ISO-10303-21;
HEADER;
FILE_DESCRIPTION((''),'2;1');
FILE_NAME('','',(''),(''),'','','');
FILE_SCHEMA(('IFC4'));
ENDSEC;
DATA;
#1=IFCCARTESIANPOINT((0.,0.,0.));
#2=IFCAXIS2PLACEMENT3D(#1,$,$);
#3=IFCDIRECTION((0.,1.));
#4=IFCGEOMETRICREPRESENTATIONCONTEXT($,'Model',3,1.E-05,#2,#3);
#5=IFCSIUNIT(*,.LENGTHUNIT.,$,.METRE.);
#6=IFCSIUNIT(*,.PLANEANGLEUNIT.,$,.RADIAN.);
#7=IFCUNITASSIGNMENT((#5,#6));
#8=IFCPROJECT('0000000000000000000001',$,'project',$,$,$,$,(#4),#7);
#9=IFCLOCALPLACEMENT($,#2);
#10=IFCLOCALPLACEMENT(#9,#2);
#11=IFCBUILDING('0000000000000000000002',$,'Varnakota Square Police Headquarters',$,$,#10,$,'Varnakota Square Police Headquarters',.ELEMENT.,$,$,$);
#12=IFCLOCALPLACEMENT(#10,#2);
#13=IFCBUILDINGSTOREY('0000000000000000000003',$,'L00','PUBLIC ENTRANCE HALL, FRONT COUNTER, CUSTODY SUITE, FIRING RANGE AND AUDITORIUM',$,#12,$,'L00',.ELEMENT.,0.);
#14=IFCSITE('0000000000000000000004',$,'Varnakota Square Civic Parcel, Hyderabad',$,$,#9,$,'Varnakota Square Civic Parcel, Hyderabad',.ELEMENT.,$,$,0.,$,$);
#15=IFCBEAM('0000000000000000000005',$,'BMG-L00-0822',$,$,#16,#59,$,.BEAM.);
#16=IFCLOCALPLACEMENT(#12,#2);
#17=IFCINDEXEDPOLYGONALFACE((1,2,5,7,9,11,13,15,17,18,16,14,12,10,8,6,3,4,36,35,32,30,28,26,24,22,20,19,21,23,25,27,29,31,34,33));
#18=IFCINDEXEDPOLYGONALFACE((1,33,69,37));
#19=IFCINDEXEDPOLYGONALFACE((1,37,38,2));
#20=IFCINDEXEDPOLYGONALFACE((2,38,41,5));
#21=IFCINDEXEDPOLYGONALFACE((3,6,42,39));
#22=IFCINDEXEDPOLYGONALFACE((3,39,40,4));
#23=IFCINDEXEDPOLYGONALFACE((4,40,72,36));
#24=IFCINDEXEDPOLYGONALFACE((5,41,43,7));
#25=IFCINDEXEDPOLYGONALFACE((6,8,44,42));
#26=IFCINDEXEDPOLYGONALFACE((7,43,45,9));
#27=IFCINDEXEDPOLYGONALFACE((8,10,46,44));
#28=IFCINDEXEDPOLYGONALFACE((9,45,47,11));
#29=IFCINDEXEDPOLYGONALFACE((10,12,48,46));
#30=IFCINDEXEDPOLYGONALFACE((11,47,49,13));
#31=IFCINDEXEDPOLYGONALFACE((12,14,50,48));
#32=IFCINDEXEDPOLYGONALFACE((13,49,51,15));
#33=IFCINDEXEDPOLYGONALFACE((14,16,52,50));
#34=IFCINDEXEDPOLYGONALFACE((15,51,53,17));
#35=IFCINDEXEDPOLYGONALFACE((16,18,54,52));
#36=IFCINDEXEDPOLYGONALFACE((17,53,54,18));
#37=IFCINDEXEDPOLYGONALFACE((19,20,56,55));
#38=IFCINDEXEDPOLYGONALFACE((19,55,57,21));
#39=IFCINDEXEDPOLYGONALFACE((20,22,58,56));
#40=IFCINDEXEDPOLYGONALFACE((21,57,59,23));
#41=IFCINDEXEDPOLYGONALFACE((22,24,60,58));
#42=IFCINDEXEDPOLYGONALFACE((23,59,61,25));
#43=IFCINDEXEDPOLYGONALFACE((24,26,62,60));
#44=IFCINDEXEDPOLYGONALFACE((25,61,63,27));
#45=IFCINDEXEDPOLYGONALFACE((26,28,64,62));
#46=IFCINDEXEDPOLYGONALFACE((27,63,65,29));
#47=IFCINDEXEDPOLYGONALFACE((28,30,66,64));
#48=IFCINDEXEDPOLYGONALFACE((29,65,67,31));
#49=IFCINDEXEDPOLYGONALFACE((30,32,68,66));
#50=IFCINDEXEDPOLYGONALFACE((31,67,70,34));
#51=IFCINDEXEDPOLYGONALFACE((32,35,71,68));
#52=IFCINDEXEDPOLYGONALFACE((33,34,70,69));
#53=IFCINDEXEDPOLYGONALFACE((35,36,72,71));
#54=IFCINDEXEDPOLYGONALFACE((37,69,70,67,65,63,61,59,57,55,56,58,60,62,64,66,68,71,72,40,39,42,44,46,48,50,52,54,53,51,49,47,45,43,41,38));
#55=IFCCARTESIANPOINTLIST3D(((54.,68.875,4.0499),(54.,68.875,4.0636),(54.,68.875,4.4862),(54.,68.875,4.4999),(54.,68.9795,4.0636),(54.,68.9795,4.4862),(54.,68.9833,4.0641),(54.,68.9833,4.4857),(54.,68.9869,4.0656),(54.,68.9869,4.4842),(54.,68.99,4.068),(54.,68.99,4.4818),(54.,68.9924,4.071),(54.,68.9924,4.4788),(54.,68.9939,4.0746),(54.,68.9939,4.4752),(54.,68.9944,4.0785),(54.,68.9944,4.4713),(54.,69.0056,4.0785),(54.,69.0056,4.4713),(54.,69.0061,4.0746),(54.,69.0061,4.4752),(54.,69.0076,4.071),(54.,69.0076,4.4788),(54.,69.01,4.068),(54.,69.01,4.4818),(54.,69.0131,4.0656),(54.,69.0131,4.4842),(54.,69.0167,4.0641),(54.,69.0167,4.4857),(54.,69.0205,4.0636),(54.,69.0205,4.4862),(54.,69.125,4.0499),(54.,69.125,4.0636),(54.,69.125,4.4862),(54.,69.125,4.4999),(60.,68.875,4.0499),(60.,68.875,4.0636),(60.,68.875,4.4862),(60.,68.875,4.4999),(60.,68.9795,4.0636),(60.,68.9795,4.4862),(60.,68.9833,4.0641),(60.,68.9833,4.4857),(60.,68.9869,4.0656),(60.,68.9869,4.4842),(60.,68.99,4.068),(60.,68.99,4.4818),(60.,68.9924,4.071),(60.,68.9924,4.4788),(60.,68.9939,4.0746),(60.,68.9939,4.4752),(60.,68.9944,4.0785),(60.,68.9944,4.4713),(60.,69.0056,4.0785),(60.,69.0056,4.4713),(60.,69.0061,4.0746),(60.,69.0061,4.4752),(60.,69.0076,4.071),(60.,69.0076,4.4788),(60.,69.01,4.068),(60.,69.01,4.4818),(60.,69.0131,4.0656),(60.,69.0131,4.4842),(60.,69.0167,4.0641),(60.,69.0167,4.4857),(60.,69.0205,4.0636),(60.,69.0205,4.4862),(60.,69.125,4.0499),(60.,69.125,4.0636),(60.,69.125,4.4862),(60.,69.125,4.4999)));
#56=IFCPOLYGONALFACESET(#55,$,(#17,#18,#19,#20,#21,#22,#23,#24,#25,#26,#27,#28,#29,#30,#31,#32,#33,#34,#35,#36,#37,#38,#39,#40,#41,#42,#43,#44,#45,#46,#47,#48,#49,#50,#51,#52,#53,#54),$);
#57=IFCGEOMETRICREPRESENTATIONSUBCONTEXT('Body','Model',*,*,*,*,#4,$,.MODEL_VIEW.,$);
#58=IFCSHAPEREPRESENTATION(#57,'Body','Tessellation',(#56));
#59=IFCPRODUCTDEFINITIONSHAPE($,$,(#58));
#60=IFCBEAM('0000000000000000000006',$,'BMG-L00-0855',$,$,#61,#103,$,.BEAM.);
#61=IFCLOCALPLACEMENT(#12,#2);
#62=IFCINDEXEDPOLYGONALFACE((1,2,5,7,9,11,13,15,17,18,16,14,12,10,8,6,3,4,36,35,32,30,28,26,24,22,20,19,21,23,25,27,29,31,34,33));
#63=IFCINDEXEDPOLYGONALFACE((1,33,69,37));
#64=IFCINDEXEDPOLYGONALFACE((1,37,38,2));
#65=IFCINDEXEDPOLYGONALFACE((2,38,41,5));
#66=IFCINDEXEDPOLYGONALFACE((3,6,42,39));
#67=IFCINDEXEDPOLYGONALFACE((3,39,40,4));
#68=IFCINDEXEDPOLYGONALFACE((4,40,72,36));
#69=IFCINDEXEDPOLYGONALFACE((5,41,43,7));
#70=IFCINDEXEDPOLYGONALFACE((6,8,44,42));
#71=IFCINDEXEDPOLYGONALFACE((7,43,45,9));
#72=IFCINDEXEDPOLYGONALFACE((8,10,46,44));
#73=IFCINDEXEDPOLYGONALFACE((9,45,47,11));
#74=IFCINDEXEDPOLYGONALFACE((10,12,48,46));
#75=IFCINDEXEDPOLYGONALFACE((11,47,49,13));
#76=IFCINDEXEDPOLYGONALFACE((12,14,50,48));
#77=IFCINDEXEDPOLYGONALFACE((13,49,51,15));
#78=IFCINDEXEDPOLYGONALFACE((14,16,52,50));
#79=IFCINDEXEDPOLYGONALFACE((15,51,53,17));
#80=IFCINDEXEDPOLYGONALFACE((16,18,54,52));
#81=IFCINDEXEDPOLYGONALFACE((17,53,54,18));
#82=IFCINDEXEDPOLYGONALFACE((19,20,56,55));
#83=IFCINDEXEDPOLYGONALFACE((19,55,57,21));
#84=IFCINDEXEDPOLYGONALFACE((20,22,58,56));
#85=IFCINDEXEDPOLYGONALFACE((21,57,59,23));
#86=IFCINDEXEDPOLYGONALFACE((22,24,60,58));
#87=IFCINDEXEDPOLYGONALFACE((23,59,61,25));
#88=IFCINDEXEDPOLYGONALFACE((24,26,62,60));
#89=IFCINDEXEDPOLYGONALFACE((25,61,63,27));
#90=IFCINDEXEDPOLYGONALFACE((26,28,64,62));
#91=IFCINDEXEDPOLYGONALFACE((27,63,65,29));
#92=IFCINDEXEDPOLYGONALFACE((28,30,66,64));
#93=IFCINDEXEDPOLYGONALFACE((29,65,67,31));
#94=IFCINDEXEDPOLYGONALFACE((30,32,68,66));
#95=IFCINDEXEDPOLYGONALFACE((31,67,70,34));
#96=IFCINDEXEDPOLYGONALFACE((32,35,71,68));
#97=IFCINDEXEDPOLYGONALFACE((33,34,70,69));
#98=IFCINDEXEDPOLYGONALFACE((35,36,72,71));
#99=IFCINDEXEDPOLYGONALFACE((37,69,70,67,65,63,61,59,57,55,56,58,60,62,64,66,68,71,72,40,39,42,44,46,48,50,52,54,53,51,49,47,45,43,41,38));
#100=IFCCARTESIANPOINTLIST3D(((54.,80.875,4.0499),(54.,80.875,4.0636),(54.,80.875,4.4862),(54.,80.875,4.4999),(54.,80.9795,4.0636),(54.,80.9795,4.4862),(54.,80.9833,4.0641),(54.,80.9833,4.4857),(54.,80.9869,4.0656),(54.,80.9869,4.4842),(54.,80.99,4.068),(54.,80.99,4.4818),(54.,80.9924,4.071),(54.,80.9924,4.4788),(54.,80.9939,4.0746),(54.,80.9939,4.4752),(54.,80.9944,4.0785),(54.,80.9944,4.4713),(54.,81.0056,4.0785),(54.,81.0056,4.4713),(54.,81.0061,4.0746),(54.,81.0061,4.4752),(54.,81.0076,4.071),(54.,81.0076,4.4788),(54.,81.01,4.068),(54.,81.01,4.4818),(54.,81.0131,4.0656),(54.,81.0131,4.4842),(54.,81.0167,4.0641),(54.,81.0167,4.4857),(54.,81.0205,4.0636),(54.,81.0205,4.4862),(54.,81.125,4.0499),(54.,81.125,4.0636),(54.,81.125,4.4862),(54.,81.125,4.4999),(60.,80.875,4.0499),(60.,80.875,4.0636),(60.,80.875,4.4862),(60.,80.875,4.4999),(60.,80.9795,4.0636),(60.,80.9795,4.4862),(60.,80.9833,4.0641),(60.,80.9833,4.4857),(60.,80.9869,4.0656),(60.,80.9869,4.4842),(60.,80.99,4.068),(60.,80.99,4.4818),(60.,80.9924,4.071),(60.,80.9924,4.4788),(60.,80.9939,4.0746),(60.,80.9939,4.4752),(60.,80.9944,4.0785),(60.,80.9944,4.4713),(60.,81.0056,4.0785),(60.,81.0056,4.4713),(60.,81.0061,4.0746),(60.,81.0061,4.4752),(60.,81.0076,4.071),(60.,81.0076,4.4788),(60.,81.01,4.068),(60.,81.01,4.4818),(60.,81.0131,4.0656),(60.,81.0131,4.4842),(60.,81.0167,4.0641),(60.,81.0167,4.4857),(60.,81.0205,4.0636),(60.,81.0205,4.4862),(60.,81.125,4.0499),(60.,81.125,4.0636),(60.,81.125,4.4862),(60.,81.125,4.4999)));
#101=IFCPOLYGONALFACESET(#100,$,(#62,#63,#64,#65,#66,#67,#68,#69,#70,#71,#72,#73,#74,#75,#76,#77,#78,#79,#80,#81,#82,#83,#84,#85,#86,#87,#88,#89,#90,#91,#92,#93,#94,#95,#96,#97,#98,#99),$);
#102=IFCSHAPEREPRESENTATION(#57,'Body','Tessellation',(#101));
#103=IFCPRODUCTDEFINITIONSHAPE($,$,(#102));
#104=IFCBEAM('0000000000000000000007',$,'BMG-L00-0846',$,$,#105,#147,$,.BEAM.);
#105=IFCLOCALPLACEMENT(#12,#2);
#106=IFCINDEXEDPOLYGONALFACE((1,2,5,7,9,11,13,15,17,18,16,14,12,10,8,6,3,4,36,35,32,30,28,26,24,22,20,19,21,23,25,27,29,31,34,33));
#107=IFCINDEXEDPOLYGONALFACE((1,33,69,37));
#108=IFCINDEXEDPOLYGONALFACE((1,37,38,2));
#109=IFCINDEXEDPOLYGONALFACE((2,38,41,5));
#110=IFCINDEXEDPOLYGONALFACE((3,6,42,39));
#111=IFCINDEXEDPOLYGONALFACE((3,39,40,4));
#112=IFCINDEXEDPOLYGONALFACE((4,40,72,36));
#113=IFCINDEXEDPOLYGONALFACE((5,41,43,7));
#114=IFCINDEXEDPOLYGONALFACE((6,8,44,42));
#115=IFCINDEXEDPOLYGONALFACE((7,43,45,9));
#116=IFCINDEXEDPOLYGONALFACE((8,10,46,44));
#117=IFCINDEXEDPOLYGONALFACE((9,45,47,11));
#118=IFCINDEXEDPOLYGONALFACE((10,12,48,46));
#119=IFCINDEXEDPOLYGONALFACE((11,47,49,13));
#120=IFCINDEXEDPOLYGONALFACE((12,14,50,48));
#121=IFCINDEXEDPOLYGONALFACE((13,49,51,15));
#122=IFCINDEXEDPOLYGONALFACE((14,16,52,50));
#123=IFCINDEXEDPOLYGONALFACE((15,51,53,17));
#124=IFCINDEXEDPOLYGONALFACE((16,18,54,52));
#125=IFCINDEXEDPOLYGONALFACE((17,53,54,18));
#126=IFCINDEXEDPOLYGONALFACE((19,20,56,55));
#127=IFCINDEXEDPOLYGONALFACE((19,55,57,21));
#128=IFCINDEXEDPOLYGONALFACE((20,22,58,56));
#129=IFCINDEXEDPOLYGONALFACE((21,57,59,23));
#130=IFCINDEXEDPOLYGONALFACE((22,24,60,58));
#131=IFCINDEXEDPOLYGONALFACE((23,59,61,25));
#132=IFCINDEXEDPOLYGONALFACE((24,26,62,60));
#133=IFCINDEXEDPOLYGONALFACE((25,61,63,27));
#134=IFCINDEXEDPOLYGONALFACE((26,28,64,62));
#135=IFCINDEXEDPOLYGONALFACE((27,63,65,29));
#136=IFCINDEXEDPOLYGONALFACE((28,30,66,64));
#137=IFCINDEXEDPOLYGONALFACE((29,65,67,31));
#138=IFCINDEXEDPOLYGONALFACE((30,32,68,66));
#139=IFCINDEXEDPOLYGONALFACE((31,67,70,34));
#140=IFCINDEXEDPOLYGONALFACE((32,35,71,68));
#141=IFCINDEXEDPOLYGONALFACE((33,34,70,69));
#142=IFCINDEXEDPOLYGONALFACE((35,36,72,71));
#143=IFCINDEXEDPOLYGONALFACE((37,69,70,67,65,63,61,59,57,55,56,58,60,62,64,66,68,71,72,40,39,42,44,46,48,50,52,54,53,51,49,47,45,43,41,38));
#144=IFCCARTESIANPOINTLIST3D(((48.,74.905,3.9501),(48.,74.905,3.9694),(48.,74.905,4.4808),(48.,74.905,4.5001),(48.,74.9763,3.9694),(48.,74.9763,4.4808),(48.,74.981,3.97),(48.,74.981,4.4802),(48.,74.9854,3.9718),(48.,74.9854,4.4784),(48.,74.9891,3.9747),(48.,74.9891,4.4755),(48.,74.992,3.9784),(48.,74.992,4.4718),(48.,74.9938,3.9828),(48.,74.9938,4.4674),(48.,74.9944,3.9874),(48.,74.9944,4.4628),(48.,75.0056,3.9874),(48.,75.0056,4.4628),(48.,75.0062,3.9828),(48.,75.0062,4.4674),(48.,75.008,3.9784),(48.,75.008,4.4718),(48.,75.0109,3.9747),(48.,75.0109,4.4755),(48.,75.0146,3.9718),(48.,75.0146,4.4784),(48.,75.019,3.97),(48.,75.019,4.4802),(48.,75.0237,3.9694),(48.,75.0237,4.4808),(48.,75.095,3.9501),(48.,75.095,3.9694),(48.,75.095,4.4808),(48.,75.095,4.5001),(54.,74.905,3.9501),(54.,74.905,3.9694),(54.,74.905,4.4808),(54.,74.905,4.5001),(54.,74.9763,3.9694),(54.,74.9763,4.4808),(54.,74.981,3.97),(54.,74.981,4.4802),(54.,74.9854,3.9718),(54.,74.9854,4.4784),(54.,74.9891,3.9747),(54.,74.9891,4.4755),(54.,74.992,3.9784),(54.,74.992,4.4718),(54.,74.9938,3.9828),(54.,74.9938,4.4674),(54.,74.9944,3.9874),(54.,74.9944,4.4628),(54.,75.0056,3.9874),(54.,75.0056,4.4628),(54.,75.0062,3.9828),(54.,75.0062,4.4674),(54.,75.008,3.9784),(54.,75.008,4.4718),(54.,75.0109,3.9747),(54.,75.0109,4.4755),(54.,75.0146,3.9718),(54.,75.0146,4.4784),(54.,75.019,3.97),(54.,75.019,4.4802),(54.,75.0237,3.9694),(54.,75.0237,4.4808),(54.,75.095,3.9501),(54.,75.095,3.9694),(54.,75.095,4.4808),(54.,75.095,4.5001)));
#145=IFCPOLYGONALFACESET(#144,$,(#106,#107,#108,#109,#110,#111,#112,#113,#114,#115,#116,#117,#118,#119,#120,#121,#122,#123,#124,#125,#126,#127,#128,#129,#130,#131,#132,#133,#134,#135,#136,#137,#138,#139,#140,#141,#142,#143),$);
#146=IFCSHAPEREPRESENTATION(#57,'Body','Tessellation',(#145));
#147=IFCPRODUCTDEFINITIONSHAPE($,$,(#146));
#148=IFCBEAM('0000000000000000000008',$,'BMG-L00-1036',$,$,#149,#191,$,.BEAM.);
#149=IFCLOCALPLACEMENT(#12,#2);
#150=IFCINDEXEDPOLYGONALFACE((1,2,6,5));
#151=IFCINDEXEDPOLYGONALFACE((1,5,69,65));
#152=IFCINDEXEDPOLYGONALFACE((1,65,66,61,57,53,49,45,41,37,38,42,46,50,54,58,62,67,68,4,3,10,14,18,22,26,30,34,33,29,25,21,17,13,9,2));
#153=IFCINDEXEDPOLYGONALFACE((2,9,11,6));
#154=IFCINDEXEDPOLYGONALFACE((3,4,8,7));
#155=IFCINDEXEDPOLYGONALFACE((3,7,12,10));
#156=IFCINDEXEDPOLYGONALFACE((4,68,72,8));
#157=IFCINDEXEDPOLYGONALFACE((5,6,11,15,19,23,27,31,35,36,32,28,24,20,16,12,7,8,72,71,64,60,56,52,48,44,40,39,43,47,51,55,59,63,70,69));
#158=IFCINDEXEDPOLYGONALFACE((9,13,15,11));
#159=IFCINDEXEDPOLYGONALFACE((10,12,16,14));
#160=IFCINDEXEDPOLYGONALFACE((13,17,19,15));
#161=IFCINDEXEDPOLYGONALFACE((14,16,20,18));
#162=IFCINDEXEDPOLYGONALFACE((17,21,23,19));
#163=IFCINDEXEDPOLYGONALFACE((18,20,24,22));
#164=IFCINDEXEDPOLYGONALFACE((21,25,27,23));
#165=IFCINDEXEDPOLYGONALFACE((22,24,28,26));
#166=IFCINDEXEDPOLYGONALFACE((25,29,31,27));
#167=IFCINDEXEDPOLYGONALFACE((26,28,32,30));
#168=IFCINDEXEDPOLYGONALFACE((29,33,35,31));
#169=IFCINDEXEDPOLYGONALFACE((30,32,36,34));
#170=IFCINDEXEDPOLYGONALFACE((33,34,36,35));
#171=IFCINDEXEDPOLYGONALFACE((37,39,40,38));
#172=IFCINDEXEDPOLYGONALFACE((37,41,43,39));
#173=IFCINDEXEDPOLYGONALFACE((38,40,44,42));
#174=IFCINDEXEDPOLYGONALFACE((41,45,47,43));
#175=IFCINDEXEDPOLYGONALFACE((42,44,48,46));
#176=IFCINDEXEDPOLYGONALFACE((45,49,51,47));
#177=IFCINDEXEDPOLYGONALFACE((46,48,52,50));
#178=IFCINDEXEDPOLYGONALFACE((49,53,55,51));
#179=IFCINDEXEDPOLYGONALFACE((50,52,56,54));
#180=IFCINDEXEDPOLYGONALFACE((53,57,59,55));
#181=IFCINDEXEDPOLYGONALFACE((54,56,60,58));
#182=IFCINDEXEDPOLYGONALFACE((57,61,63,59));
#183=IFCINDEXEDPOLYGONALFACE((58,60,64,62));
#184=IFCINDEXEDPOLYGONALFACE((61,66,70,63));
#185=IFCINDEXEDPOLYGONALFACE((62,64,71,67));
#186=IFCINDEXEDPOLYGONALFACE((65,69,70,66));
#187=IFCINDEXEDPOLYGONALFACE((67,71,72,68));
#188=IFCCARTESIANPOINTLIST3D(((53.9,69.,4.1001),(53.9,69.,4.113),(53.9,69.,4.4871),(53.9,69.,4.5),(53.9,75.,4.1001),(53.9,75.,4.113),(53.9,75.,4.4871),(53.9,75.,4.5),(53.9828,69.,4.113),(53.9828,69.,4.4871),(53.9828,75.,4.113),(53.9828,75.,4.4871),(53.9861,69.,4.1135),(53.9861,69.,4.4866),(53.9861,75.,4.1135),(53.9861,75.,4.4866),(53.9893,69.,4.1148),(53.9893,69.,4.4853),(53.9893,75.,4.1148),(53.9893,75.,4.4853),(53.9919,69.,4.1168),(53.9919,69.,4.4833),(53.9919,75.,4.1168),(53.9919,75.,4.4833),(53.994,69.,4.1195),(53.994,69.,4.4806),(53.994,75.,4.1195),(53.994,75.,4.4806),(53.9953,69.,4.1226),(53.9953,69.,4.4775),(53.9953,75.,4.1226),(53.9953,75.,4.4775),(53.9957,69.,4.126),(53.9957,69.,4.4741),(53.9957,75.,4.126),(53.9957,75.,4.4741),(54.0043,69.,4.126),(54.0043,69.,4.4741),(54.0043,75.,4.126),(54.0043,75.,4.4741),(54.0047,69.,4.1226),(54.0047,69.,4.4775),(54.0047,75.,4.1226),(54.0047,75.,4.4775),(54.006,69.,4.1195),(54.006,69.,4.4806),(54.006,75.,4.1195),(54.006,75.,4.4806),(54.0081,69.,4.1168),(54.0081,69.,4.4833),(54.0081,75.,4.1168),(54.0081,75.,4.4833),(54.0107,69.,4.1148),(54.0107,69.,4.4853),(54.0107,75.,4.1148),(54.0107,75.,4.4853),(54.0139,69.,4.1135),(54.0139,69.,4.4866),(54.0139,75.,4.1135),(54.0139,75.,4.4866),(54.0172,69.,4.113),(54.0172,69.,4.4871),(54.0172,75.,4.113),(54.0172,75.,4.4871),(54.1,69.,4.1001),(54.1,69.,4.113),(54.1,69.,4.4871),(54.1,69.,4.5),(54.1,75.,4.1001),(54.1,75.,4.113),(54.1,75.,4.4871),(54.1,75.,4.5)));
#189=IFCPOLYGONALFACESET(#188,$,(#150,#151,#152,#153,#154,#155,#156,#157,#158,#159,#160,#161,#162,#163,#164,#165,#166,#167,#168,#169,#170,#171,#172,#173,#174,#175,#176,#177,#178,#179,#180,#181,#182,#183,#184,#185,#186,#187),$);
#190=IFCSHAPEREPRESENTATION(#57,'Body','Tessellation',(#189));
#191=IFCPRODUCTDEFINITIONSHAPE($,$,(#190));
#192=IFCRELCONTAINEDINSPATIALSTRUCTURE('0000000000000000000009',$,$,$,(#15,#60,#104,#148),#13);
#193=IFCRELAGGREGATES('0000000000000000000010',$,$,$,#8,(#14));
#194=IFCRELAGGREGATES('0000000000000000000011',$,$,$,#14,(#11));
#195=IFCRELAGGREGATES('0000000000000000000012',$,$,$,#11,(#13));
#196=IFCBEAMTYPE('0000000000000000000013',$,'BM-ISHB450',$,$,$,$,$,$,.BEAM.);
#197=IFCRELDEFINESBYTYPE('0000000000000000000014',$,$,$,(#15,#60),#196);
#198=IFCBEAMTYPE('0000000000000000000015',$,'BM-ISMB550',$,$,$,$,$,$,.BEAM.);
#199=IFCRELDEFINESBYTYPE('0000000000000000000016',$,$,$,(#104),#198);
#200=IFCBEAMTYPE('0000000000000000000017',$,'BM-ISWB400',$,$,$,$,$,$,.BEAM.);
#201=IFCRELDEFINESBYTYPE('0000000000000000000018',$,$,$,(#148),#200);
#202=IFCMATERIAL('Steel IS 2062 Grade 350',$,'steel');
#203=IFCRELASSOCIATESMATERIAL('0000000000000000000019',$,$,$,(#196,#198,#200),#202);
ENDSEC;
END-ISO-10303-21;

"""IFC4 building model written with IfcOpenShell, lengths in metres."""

from ifc_helpers import new_model, si_unit, direction, frame, origin, origin_2d, place, context, subcontext, project, spatial, i_section, extrude, material, material_profile, profile_set, type_object, element, save


model = new_model("IFC4")

# Units and contexts
model_context = context("Model", 3, precision=1e-05, world=origin(), true_north=direction((0.0, 1.0)))
body_context = subcontext(model_context, "Body", "Model", "MODEL_VIEW")
ifc_project = project(units=[si_unit("LENGTHUNIT", "METRE"), si_unit("PLANEANGLEUNIT", "RADIAN")], contexts=[model_context])

# Site, building, storey
site_placement = place(None, origin())
site = spatial("IfcSite", under=ifc_project, at=site_placement, Name="Varnakota Square Civic Parcel, Hyderabad", LongName="Varnakota Square Civic Parcel, Hyderabad", CompositionType="ELEMENT", RefElevation=0.0)
building_placement = place(site_placement, origin())
building = spatial("IfcBuilding", under=site, at=building_placement, Name="Varnakota Square Police Headquarters", LongName="Varnakota Square Police Headquarters", CompositionType="ELEMENT")
storey_placement = place(building_placement, origin())
storey = spatial("IfcBuildingStorey", under=building, at=storey_placement, Name="L00", Description="PUBLIC ENTRANCE HALL, FRONT COUNTER, CUSTODY SUITE, FIRING RANGE AND AUDITORIUM", LongName="L00", CompositionType="ELEMENT", Elevation=0.0)

# Beams
ifc_material_1 = material(Name="Steel IS 2062 Grade 350", Category="steel")
ifc_material_profile_1 = material_profile(ifc_material_1, i_section(OverallWidth=0.25, OverallDepth=0.45, WebThickness=0.0112, FlangeThickness=0.0137, FilletRadius=0.0149, at=origin_2d()), Name="ISHB 450")
ifc_profile_set_1 = profile_set([ifc_material_profile_1], Name="Steel IS 2062 Grade 350")
beam_type_1 = type_object("IfcBeamType", Name="BM-ISHB450", PredefinedType="BEAM", material=ifc_profile_set_1)
for number, where, z_axis, x_axis, name in (
    (1, (54.0, 69.0, 4.2749), (1.0, 0.0, 0.0), (0.0, 1.0, 0.0), "BMG-L00-0822"),
    (2, (54.0, 81.0, 4.2749), (1.0, 0.0, 0.0), (0.0, 1.0, 0.0), "BMG-L00-0855"),
):
    element("IfcBeam", number, at=place(storey_placement, frame(where, z_axis=z_axis, x_axis=x_axis)), inside=storey, type_object=beam_type_1, Name=name, PredefinedType="BEAM", context=body_context, shape_type="SweptSolid", body=[
        extrude(i_section(OverallWidth=0.25, OverallDepth=0.45, WebThickness=0.0112, FlangeThickness=0.0137, FilletRadius=0.0149, at=origin_2d()), origin(), (0.0, 0.0, 1.0), 6.0),
    ])
ifc_material_profile_2 = material_profile(ifc_material_1, i_section(OverallWidth=0.1899, OverallDepth=0.55, WebThickness=0.0112, FlangeThickness=0.0193, FilletRadius=0.0181, at=origin_2d()), Name="ISMB 550")
ifc_profile_set_2 = profile_set([ifc_material_profile_2], Name="Steel IS 2062 Grade 350")
beam_type_2 = type_object("IfcBeamType", Name="BM-ISMB550", PredefinedType="BEAM", material=ifc_profile_set_2)
beam_1_placement = place(storey_placement, frame((48.0, 75.0, 4.2251), z_axis=(1.0, 0.0, 0.0), x_axis=(0.0, 1.0, 0.0)))
element("IfcBeam", 3, at=beam_1_placement, inside=storey, type_object=beam_type_2, Name="BMG-L00-0846", PredefinedType="BEAM", context=body_context, shape_type="SweptSolid", body=[
    extrude(i_section(OverallWidth=0.1899, OverallDepth=0.55, WebThickness=0.0112, FlangeThickness=0.0193, FilletRadius=0.0181, at=origin_2d()), origin(), (0.0, 0.0, 1.0), 6.0),
])
ifc_material_profile_3 = material_profile(ifc_material_1, i_section(OverallWidth=0.2, OverallDepth=0.3999, WebThickness=0.0085, FlangeThickness=0.0129, FilletRadius=0.0129, at=origin_2d()), Name="ISWB 400")
ifc_profile_set_3 = profile_set([ifc_material_profile_3], Name="Steel IS 2062 Grade 350")
beam_type_3 = type_object("IfcBeamType", Name="BM-ISWB400", PredefinedType="BEAM", material=ifc_profile_set_3)
beam_2_placement = place(storey_placement, frame((54.0, 69.0, 4.3), z_axis=(0.0, 1.0, 0.0), x_axis=(-1.0, 0.0, 0.0)))
element("IfcBeam", 4, at=beam_2_placement, inside=storey, type_object=beam_type_3, Name="BMG-L00-1036", PredefinedType="BEAM", context=body_context, shape_type="SweptSolid", body=[
    extrude(i_section(OverallWidth=0.2, OverallDepth=0.3999, WebThickness=0.0085, FlangeThickness=0.0129, FilletRadius=0.0129, at=origin_2d()), origin(), (0.0, 0.0, 1.0), 6.0),
])

save(model, "model.ifc")
